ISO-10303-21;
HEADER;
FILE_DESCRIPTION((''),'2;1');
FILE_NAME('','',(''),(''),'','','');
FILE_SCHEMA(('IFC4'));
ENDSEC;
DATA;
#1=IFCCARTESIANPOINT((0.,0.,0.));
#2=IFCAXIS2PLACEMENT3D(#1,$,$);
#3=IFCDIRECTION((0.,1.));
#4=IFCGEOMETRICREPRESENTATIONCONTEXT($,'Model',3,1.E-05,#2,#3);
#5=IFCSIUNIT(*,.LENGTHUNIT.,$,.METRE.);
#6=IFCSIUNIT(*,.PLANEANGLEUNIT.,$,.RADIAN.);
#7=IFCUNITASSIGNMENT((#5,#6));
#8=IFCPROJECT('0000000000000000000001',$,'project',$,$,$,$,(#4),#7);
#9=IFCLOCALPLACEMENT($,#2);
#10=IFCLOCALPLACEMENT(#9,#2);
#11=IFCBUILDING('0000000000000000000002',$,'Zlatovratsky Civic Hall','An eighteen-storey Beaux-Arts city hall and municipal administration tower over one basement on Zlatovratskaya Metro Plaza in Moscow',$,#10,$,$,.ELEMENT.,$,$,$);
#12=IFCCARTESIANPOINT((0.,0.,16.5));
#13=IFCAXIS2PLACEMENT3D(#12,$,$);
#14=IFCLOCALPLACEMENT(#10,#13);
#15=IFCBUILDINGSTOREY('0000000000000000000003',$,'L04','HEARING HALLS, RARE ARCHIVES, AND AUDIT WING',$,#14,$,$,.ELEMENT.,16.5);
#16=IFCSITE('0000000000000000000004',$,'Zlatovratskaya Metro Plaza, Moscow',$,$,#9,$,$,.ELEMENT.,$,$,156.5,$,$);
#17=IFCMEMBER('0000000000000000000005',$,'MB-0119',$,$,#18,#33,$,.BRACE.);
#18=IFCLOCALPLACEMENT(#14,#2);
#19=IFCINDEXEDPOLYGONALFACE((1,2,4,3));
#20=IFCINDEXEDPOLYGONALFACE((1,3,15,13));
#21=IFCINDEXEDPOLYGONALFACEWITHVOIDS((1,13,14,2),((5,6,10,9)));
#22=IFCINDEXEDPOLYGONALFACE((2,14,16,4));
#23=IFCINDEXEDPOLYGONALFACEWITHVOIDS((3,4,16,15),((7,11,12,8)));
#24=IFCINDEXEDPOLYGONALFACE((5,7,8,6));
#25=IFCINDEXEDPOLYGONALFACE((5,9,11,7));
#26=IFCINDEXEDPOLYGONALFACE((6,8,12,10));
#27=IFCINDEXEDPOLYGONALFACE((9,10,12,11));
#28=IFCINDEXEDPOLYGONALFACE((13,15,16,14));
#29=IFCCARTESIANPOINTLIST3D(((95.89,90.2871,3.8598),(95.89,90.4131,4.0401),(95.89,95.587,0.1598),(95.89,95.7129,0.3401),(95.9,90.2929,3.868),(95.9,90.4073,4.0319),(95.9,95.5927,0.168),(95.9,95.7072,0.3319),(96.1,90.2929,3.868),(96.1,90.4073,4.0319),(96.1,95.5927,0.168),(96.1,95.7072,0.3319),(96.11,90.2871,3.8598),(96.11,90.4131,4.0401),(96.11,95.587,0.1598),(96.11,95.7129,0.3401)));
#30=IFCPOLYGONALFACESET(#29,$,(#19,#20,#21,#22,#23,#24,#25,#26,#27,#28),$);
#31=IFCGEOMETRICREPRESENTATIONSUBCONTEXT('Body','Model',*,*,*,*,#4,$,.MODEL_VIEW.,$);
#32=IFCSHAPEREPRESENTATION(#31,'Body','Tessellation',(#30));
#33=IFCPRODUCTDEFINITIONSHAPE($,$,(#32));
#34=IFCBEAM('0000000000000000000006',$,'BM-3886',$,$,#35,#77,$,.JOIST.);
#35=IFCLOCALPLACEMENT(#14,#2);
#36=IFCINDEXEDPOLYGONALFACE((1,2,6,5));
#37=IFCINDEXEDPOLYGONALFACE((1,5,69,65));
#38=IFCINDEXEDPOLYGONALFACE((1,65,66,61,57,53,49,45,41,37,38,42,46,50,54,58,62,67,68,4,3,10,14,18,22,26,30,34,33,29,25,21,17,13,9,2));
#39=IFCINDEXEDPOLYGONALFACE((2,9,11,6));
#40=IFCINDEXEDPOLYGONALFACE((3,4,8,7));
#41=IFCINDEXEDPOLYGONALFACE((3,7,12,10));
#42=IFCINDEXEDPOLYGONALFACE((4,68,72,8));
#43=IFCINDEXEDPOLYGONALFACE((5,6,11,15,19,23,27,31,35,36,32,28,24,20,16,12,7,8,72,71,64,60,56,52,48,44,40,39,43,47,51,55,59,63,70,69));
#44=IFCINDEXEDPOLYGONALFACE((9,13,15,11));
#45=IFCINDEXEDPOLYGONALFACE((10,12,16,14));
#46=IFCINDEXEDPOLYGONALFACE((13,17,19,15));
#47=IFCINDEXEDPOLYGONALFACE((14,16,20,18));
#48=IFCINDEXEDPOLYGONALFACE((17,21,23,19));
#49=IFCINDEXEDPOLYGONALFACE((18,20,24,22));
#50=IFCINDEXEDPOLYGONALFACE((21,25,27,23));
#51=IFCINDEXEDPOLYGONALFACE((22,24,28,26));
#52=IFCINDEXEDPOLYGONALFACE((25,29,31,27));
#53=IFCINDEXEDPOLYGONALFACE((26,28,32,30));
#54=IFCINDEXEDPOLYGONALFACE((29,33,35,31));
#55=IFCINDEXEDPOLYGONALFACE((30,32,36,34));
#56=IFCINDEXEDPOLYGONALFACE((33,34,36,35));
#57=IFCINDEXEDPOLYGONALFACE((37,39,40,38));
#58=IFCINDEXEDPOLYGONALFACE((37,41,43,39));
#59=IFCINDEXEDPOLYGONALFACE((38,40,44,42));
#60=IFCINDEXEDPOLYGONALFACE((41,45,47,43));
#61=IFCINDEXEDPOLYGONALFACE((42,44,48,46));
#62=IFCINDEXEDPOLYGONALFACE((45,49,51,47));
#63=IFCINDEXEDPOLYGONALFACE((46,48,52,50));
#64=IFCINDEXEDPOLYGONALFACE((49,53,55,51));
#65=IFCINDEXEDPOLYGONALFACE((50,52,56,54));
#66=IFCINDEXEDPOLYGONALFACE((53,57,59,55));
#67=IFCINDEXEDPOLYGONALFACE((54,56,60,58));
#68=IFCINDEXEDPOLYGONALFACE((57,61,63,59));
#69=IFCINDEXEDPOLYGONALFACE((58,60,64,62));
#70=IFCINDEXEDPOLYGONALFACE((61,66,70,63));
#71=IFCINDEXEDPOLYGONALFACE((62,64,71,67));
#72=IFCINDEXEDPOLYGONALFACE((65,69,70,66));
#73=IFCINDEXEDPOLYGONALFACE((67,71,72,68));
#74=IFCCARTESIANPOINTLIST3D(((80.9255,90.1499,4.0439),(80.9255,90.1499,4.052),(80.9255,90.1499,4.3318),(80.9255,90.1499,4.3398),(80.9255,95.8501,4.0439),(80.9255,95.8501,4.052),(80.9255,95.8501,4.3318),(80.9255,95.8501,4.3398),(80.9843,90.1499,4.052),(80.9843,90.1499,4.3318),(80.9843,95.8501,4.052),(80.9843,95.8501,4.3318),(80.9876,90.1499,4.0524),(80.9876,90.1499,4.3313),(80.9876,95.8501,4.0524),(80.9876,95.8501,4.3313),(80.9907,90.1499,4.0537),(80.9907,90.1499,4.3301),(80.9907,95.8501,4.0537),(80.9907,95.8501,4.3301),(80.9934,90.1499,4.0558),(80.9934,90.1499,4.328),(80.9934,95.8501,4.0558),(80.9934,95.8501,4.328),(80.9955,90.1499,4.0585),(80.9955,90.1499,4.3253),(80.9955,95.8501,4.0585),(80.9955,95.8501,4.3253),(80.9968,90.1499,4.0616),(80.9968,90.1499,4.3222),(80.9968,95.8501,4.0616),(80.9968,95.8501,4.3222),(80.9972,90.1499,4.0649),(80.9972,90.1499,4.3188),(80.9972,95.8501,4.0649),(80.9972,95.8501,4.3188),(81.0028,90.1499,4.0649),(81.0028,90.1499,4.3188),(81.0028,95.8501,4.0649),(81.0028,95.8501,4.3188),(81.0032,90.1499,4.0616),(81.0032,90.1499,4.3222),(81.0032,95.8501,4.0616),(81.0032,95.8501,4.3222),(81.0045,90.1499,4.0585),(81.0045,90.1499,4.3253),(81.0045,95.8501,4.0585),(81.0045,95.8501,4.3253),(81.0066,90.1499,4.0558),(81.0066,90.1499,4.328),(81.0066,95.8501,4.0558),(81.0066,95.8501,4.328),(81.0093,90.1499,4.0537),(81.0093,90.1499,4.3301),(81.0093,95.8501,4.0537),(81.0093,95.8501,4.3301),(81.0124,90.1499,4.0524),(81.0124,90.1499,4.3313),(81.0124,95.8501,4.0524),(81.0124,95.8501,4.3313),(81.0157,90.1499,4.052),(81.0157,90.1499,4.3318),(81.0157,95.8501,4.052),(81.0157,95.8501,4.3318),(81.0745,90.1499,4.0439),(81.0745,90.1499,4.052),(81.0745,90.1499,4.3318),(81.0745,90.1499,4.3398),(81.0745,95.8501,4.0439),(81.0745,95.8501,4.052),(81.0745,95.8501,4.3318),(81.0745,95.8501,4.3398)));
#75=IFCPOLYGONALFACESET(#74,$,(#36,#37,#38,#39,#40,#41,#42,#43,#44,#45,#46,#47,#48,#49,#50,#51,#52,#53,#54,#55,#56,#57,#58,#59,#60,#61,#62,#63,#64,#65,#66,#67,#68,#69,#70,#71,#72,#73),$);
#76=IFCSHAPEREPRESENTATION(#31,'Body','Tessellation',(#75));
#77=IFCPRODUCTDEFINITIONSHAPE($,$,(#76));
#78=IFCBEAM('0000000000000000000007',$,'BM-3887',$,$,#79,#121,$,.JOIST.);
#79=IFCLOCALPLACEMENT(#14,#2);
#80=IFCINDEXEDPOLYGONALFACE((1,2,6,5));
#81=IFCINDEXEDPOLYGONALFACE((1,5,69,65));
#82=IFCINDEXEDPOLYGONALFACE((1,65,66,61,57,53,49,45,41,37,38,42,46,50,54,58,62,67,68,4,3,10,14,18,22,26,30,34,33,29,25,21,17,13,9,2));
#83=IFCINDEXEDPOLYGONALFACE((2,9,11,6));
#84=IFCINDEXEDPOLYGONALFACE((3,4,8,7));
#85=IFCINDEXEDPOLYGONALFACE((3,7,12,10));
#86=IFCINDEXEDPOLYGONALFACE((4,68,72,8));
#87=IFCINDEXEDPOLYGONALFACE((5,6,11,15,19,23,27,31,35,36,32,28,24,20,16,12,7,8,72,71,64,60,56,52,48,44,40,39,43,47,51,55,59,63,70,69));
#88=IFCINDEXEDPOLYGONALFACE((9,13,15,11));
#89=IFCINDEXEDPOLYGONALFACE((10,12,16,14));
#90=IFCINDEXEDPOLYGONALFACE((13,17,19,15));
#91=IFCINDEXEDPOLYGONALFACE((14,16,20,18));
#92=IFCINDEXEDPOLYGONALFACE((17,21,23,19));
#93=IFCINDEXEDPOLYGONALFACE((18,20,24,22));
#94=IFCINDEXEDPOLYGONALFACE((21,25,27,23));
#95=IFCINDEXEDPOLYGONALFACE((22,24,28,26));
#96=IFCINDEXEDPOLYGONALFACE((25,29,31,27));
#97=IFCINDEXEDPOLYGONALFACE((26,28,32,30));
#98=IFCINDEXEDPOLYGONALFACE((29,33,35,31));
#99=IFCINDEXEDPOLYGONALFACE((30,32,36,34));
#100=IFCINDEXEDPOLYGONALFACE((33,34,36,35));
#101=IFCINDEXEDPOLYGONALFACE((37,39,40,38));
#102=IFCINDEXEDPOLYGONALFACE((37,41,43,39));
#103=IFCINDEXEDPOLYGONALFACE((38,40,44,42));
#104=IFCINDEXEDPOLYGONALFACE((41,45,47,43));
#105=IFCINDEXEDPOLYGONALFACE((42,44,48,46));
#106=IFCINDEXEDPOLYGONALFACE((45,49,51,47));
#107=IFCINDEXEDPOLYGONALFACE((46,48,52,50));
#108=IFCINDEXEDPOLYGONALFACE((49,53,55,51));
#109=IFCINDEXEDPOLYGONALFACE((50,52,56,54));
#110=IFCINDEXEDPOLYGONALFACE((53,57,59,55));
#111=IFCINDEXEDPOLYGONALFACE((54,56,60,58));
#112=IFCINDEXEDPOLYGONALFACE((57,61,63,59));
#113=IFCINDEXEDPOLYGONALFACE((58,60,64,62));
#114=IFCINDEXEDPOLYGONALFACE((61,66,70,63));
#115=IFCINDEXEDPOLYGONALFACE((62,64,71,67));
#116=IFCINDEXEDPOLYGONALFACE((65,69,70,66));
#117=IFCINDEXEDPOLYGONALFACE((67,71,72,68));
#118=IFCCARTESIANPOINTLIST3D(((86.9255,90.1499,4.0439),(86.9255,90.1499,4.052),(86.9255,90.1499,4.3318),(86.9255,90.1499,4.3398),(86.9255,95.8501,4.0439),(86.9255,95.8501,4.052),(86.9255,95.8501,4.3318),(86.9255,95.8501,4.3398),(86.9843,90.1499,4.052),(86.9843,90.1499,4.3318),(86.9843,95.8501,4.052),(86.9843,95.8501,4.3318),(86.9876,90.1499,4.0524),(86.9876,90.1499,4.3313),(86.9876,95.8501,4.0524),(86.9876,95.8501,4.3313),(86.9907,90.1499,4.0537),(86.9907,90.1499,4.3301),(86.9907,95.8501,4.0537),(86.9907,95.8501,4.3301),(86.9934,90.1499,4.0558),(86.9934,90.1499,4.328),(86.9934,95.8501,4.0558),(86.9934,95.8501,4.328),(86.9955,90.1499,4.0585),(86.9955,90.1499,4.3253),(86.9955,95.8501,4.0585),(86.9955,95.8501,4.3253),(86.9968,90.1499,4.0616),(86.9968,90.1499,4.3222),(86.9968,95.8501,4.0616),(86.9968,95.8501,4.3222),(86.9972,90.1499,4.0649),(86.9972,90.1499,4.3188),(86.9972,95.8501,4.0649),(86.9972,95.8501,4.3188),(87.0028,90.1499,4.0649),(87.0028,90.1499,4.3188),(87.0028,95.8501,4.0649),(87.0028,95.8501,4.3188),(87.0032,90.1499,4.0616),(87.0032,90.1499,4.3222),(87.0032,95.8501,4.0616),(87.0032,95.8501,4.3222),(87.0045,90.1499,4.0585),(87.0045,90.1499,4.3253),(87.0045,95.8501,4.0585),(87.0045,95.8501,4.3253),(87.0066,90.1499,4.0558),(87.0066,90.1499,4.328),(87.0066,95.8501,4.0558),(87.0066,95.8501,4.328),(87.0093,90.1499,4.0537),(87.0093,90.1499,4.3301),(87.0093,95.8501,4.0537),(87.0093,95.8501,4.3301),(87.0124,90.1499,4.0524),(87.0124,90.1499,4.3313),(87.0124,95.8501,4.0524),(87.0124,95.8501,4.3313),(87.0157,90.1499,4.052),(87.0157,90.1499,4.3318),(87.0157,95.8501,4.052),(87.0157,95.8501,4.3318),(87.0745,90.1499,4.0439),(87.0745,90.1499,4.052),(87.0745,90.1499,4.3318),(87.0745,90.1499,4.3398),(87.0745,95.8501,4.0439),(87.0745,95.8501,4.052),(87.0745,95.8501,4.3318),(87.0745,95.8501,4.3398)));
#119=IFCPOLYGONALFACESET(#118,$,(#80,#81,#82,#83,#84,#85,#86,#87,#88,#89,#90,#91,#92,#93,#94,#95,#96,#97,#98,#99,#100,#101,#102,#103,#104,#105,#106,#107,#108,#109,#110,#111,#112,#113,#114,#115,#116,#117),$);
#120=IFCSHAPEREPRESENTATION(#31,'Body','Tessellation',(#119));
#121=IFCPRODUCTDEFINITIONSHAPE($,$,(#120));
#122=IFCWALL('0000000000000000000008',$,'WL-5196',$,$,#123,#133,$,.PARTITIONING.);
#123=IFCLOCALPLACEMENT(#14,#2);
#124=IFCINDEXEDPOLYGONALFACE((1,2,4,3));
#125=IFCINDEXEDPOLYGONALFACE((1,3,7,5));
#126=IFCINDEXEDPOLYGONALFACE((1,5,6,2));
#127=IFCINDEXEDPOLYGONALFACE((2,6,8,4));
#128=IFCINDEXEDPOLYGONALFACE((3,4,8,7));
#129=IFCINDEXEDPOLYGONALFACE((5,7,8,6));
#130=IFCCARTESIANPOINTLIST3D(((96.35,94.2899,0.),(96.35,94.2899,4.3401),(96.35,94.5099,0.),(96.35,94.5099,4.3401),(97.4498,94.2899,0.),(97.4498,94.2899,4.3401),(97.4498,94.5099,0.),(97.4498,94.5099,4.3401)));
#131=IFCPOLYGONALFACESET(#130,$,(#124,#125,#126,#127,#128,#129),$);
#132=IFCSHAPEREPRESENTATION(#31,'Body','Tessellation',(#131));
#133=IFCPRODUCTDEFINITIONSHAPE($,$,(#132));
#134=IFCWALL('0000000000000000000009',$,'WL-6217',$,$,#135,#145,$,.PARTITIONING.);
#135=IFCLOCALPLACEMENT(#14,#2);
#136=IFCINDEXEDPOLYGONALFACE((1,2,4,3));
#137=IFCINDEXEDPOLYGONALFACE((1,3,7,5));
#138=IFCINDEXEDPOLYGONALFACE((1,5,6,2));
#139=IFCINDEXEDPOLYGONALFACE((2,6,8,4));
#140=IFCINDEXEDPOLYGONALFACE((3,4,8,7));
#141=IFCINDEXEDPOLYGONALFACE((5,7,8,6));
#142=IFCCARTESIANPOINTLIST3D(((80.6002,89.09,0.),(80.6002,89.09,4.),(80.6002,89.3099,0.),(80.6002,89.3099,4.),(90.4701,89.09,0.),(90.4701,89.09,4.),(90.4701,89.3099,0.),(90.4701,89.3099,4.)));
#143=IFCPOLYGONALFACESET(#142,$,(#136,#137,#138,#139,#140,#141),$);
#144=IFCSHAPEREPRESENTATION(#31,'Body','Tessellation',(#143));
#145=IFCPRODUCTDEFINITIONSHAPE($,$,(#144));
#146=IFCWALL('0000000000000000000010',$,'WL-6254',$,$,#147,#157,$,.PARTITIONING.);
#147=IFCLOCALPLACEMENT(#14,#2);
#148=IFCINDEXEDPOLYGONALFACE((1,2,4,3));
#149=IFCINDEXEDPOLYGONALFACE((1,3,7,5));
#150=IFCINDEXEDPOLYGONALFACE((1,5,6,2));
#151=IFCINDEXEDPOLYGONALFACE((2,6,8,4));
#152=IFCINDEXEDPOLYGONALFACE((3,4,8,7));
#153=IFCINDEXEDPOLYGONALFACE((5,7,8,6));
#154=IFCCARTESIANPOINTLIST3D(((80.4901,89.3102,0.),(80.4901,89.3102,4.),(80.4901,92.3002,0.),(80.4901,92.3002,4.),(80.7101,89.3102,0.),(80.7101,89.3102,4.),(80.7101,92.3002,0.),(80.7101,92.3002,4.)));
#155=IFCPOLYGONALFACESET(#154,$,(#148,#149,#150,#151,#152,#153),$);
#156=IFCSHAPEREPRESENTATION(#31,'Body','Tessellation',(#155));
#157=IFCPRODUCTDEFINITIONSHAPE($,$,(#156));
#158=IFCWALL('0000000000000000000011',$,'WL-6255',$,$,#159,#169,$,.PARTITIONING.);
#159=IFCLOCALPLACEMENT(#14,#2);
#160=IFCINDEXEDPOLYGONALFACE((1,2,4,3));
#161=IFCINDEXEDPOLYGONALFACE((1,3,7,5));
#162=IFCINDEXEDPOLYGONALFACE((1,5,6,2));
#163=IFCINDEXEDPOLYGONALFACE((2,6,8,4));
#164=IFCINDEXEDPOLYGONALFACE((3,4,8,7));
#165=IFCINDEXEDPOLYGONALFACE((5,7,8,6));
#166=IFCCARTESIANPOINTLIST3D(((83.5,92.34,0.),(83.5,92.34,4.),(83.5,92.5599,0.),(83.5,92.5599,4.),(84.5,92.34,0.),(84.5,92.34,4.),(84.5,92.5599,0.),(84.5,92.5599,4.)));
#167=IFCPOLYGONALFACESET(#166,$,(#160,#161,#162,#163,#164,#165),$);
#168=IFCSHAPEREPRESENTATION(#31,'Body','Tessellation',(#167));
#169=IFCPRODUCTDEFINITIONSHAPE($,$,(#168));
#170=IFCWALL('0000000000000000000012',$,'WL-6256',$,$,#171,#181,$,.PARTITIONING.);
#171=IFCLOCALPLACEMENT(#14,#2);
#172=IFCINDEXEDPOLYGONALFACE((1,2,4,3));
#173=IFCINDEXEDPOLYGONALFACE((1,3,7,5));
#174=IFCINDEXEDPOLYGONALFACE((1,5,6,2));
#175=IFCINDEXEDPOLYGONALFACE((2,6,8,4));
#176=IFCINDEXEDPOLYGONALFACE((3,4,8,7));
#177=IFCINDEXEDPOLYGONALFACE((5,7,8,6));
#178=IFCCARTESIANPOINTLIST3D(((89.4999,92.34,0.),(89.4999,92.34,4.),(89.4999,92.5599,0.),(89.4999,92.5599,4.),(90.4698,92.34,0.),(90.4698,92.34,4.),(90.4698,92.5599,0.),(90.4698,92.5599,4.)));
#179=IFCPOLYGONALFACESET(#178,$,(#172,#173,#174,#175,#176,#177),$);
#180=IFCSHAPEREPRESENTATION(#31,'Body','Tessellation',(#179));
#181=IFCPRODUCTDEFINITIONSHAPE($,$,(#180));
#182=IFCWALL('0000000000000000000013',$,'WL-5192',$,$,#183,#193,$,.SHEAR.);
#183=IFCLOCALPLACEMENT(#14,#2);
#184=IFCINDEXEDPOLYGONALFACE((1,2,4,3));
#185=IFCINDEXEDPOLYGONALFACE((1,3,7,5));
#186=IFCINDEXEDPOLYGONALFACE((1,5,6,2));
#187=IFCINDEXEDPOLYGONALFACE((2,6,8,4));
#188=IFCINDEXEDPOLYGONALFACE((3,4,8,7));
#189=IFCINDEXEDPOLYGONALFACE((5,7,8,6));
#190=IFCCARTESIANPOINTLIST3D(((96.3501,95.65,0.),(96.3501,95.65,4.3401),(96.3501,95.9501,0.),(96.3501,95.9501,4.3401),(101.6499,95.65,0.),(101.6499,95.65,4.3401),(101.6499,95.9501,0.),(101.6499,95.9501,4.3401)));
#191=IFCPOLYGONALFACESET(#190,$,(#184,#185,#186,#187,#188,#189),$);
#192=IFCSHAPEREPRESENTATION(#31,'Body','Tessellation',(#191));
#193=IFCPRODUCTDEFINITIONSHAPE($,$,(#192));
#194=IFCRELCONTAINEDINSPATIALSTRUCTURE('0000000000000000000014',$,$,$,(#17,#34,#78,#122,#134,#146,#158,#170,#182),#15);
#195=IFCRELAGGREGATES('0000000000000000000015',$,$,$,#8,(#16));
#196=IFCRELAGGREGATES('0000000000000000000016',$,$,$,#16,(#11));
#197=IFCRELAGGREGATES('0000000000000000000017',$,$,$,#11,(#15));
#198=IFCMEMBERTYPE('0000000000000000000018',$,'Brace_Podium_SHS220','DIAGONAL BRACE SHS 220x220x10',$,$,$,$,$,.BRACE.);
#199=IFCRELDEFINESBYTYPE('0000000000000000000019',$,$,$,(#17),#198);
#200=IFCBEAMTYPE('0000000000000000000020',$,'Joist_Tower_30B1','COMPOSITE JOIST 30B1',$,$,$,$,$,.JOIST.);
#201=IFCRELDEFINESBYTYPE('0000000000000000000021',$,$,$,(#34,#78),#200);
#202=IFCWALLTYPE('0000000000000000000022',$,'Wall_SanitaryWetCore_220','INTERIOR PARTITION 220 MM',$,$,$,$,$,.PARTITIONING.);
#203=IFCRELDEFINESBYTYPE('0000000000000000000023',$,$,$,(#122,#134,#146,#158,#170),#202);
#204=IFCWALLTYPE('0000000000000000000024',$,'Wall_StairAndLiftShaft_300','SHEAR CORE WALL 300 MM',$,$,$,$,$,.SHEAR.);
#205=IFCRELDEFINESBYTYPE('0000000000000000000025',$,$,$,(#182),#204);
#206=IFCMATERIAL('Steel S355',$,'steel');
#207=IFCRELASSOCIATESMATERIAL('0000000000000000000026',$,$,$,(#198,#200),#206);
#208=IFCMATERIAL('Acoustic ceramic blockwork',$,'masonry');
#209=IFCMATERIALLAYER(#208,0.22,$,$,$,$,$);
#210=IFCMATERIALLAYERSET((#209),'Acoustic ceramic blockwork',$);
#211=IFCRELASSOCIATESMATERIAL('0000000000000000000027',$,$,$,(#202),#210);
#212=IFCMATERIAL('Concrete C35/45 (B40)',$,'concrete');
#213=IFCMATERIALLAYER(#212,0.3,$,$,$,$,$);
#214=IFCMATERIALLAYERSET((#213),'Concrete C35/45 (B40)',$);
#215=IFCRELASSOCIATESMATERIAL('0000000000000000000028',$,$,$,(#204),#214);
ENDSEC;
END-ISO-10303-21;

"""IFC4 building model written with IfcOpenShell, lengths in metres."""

from ifc_helpers import new_model, si_unit, direction, frame, frame_2d, origin, origin_2d, place, context, subcontext, project, spatial, rectangle, hollow_rectangle, i_section, extrude, material, layer, layer_set, material_profile, profile_set, type_object, element, save


model = new_model("IFC4")

# Units and contexts
model_context = context("Model", 3, precision=1e-05, world=origin(), true_north=direction((0.0, 1.0)))
body_context = subcontext(model_context, "Body", "Model", "MODEL_VIEW")
ifc_project = project(units=[si_unit("LENGTHUNIT", "METRE"), si_unit("PLANEANGLEUNIT", "RADIAN")], contexts=[model_context])

# Site, building, storey
site_placement = place(None, origin())
site = spatial("IfcSite", under=ifc_project, at=site_placement, Name="Zlatovratskaya Metro Plaza, Moscow", CompositionType="ELEMENT", RefElevation=156.5)
building_placement = place(site_placement, origin())
building = spatial("IfcBuilding", under=site, at=building_placement, Name="Zlatovratsky Civic Hall", Description="An eighteen-storey Beaux-Arts city hall and municipal administration tower over one basement on Zlatovratskaya Metro Plaza in Moscow", CompositionType="ELEMENT")
storey_placement = place(building_placement, frame((0.0, 0.0, 16.5)))
storey = spatial("IfcBuildingStorey", under=building, at=storey_placement, Name="L04", Description="HEARING HALLS, RARE ARCHIVES, AND AUDIT WING", CompositionType="ELEMENT", Elevation=16.5)

# Shared definitions
ifc_material_1 = material(Name="Concrete C35/45 (B40)", Category="concrete")
ifc_material_2 = material(Name="Steel S355", Category="steel")

# Member
ifc_material_profile_1 = material_profile(ifc_material_2, hollow_rectangle(XDim=0.22, YDim=0.22, WallThickness=0.01, at=origin_2d()), Name="SHS 220x220x10")
ifc_profile_set_1 = profile_set([ifc_material_profile_1], Name="Steel S355")
member_type = type_object("IfcMemberType", Name="Brace_Podium_SHS220", Description="DIAGONAL BRACE SHS 220x220x10", PredefinedType="BRACE", material=ifc_profile_set_1)
member_placement = place(storey_placement, frame((96.0, 90.3501, 3.95), z_axis=(0.0, 0.819952, -0.572433), x_axis=(-1.0, 0.0, 0.0)))
element("IfcMember", 1, at=member_placement, inside=storey, type_object=member_type, Name="MB-0119", PredefinedType="BRACE", context=body_context, shape_type="SweptSolid", body=[
    extrude(hollow_rectangle(XDim=0.22, YDim=0.22, WallThickness=0.01, at=origin_2d()), origin(), (0.0, 0.0, 1.0), 6.4636),
])

# Beams
ifc_material_profile_2 = material_profile(ifc_material_2, i_section(OverallWidth=0.1489, OverallDepth=0.2959, WebThickness=0.0056, FlangeThickness=0.0081, FilletRadius=0.0129, at=origin_2d()), Name="30B1")
ifc_profile_set_2 = profile_set([ifc_material_profile_2], Name="Steel S355")
beam_type_1 = type_object("IfcBeamType", Name="Joist_Tower_30B1", Description="COMPOSITE JOIST 30B1", PredefinedType="JOIST", material=ifc_profile_set_2)
for number, where, z_axis, x_axis, name in (
    (2, (81.0, 90.1499, 4.1919), (0.0, 1.0, 0.0), (-1.0, 0.0, 0.0), "BM-3886"),
    (3, (87.0, 90.1499, 4.1919), (0.0, 1.0, 0.0), (-1.0, 0.0, 0.0), "BM-3887"),
):
    element("IfcBeam", number, at=place(storey_placement, frame(where, z_axis=z_axis, x_axis=x_axis)), inside=storey, type_object=beam_type_1, Name=name, PredefinedType="JOIST", context=body_context, shape_type="SweptSolid", body=[
        extrude(i_section(OverallWidth=0.1489, OverallDepth=0.2959, WebThickness=0.0056, FlangeThickness=0.0081, FilletRadius=0.0129, at=origin_2d()), origin(), (0.0, 0.0, 1.0), 5.7002),
    ])

# Walls
ifc_material_3 = material(Name="Acoustic ceramic blockwork", Category="masonry")
ifc_layer_1 = layer(ifc_material_3, 0.22)
ifc_layer_set_1 = layer_set([ifc_layer_1], Name="Acoustic ceramic blockwork")
wall_type_1 = type_object("IfcWallType", Name="Wall_SanitaryWetCore_220", Description="INTERIOR PARTITION 220 MM", PredefinedType="PARTITIONING", material=ifc_layer_set_1)
wall_1_placement = place(storey_placement, frame((96.3501, 94.3999, 0.0), z_axis=(0.0, 0.0, 1.0), x_axis=(1.0, 0.0, 0.0)))
element("IfcWall", 4, at=wall_1_placement, inside=storey, type_object=wall_type_1, Name="WL-5196", PredefinedType="PARTITIONING", context=body_context, shape_type="SweptSolid", body=[
    extrude(rectangle(XDim=1.0999, YDim=0.22, at=frame_2d((0.5498, 0.0))), origin(), (0.0, 0.0, 1.0), 4.3401),
])
wall_2_placement = place(storey_placement, frame((80.6001, 89.2, 0.0), z_axis=(0.0, 0.0, 1.0), x_axis=(1.0, 0.0, 0.0)))
element("IfcWall", 5, at=wall_2_placement, inside=storey, type_object=wall_type_1, Name="WL-6217", PredefinedType="PARTITIONING", context=body_context, shape_type="SweptSolid", body=[
    extrude(rectangle(XDim=9.8699, YDim=0.22, at=frame_2d((4.9351, 0.0))), origin(), (0.0, 0.0, 1.0), 4.0),
])

# Walls
wall_3_placement = place(storey_placement, frame((80.6001, 89.3101, 0.0), z_axis=(0.0, 0.0, 1.0), x_axis=(0.0, 1.0, 0.0)))
element("IfcWall", 6, at=wall_3_placement, inside=storey, type_object=wall_type_1, Name="WL-6254", PredefinedType="PARTITIONING", context=body_context, shape_type="SweptSolid", body=[
    extrude(rectangle(XDim=2.99, YDim=0.22, at=frame_2d((1.4951, 0.0))), origin(), (0.0, 0.0, 1.0), 4.0),
])
wall_4_placement = place(storey_placement, frame((83.5, 92.45, 0.0), z_axis=(0.0, 0.0, 1.0), x_axis=(1.0, 0.0, 0.0)))
element("IfcWall", 7, at=wall_4_placement, inside=storey, type_object=wall_type_1, Name="WL-6255", PredefinedType="PARTITIONING", context=body_context, shape_type="SweptSolid", body=[
    extrude(rectangle(XDim=1.0, YDim=0.22, at=frame_2d((0.5, 0.0))), origin(), (0.0, 0.0, 1.0), 4.0),
])
wall_5_placement = place(storey_placement, frame((89.5, 92.45, 0.0), z_axis=(0.0, 0.0, 1.0), x_axis=(1.0, 0.0, 0.0)))
element("IfcWall", 8, at=wall_5_placement, inside=storey, type_object=wall_type_1, Name="WL-6256", PredefinedType="PARTITIONING", context=body_context, shape_type="SweptSolid", body=[
    extrude(rectangle(XDim=0.97, YDim=0.22, at=frame_2d((0.4849, 0.0))), origin(), (0.0, 0.0, 1.0), 4.0),
])
ifc_layer_2 = layer(ifc_material_1, 0.3)
ifc_layer_set_2 = layer_set([ifc_layer_2], Name="Concrete C35/45 (B40)")
wall_type_2 = type_object("IfcWallType", Name="Wall_StairAndLiftShaft_300", Description="SHEAR CORE WALL 300 MM", PredefinedType="SHEAR", material=ifc_layer_set_2)
wall_6_placement = place(storey_placement, frame((96.3501, 95.8, 0.0), z_axis=(0.0, 0.0, 1.0), x_axis=(1.0, 0.0, 0.0)))
element("IfcWall", 9, at=wall_6_placement, inside=storey, type_object=wall_type_2, Name="WL-5192", PredefinedType="SHEAR", context=body_context, shape_type="SweptSolid", body=[
    extrude(rectangle(XDim=5.2998, YDim=0.3, at=frame_2d((2.6499, 0.0))), origin(), (0.0, 0.0, 1.0), 4.3401),
])

save(model, "model.ifc")
